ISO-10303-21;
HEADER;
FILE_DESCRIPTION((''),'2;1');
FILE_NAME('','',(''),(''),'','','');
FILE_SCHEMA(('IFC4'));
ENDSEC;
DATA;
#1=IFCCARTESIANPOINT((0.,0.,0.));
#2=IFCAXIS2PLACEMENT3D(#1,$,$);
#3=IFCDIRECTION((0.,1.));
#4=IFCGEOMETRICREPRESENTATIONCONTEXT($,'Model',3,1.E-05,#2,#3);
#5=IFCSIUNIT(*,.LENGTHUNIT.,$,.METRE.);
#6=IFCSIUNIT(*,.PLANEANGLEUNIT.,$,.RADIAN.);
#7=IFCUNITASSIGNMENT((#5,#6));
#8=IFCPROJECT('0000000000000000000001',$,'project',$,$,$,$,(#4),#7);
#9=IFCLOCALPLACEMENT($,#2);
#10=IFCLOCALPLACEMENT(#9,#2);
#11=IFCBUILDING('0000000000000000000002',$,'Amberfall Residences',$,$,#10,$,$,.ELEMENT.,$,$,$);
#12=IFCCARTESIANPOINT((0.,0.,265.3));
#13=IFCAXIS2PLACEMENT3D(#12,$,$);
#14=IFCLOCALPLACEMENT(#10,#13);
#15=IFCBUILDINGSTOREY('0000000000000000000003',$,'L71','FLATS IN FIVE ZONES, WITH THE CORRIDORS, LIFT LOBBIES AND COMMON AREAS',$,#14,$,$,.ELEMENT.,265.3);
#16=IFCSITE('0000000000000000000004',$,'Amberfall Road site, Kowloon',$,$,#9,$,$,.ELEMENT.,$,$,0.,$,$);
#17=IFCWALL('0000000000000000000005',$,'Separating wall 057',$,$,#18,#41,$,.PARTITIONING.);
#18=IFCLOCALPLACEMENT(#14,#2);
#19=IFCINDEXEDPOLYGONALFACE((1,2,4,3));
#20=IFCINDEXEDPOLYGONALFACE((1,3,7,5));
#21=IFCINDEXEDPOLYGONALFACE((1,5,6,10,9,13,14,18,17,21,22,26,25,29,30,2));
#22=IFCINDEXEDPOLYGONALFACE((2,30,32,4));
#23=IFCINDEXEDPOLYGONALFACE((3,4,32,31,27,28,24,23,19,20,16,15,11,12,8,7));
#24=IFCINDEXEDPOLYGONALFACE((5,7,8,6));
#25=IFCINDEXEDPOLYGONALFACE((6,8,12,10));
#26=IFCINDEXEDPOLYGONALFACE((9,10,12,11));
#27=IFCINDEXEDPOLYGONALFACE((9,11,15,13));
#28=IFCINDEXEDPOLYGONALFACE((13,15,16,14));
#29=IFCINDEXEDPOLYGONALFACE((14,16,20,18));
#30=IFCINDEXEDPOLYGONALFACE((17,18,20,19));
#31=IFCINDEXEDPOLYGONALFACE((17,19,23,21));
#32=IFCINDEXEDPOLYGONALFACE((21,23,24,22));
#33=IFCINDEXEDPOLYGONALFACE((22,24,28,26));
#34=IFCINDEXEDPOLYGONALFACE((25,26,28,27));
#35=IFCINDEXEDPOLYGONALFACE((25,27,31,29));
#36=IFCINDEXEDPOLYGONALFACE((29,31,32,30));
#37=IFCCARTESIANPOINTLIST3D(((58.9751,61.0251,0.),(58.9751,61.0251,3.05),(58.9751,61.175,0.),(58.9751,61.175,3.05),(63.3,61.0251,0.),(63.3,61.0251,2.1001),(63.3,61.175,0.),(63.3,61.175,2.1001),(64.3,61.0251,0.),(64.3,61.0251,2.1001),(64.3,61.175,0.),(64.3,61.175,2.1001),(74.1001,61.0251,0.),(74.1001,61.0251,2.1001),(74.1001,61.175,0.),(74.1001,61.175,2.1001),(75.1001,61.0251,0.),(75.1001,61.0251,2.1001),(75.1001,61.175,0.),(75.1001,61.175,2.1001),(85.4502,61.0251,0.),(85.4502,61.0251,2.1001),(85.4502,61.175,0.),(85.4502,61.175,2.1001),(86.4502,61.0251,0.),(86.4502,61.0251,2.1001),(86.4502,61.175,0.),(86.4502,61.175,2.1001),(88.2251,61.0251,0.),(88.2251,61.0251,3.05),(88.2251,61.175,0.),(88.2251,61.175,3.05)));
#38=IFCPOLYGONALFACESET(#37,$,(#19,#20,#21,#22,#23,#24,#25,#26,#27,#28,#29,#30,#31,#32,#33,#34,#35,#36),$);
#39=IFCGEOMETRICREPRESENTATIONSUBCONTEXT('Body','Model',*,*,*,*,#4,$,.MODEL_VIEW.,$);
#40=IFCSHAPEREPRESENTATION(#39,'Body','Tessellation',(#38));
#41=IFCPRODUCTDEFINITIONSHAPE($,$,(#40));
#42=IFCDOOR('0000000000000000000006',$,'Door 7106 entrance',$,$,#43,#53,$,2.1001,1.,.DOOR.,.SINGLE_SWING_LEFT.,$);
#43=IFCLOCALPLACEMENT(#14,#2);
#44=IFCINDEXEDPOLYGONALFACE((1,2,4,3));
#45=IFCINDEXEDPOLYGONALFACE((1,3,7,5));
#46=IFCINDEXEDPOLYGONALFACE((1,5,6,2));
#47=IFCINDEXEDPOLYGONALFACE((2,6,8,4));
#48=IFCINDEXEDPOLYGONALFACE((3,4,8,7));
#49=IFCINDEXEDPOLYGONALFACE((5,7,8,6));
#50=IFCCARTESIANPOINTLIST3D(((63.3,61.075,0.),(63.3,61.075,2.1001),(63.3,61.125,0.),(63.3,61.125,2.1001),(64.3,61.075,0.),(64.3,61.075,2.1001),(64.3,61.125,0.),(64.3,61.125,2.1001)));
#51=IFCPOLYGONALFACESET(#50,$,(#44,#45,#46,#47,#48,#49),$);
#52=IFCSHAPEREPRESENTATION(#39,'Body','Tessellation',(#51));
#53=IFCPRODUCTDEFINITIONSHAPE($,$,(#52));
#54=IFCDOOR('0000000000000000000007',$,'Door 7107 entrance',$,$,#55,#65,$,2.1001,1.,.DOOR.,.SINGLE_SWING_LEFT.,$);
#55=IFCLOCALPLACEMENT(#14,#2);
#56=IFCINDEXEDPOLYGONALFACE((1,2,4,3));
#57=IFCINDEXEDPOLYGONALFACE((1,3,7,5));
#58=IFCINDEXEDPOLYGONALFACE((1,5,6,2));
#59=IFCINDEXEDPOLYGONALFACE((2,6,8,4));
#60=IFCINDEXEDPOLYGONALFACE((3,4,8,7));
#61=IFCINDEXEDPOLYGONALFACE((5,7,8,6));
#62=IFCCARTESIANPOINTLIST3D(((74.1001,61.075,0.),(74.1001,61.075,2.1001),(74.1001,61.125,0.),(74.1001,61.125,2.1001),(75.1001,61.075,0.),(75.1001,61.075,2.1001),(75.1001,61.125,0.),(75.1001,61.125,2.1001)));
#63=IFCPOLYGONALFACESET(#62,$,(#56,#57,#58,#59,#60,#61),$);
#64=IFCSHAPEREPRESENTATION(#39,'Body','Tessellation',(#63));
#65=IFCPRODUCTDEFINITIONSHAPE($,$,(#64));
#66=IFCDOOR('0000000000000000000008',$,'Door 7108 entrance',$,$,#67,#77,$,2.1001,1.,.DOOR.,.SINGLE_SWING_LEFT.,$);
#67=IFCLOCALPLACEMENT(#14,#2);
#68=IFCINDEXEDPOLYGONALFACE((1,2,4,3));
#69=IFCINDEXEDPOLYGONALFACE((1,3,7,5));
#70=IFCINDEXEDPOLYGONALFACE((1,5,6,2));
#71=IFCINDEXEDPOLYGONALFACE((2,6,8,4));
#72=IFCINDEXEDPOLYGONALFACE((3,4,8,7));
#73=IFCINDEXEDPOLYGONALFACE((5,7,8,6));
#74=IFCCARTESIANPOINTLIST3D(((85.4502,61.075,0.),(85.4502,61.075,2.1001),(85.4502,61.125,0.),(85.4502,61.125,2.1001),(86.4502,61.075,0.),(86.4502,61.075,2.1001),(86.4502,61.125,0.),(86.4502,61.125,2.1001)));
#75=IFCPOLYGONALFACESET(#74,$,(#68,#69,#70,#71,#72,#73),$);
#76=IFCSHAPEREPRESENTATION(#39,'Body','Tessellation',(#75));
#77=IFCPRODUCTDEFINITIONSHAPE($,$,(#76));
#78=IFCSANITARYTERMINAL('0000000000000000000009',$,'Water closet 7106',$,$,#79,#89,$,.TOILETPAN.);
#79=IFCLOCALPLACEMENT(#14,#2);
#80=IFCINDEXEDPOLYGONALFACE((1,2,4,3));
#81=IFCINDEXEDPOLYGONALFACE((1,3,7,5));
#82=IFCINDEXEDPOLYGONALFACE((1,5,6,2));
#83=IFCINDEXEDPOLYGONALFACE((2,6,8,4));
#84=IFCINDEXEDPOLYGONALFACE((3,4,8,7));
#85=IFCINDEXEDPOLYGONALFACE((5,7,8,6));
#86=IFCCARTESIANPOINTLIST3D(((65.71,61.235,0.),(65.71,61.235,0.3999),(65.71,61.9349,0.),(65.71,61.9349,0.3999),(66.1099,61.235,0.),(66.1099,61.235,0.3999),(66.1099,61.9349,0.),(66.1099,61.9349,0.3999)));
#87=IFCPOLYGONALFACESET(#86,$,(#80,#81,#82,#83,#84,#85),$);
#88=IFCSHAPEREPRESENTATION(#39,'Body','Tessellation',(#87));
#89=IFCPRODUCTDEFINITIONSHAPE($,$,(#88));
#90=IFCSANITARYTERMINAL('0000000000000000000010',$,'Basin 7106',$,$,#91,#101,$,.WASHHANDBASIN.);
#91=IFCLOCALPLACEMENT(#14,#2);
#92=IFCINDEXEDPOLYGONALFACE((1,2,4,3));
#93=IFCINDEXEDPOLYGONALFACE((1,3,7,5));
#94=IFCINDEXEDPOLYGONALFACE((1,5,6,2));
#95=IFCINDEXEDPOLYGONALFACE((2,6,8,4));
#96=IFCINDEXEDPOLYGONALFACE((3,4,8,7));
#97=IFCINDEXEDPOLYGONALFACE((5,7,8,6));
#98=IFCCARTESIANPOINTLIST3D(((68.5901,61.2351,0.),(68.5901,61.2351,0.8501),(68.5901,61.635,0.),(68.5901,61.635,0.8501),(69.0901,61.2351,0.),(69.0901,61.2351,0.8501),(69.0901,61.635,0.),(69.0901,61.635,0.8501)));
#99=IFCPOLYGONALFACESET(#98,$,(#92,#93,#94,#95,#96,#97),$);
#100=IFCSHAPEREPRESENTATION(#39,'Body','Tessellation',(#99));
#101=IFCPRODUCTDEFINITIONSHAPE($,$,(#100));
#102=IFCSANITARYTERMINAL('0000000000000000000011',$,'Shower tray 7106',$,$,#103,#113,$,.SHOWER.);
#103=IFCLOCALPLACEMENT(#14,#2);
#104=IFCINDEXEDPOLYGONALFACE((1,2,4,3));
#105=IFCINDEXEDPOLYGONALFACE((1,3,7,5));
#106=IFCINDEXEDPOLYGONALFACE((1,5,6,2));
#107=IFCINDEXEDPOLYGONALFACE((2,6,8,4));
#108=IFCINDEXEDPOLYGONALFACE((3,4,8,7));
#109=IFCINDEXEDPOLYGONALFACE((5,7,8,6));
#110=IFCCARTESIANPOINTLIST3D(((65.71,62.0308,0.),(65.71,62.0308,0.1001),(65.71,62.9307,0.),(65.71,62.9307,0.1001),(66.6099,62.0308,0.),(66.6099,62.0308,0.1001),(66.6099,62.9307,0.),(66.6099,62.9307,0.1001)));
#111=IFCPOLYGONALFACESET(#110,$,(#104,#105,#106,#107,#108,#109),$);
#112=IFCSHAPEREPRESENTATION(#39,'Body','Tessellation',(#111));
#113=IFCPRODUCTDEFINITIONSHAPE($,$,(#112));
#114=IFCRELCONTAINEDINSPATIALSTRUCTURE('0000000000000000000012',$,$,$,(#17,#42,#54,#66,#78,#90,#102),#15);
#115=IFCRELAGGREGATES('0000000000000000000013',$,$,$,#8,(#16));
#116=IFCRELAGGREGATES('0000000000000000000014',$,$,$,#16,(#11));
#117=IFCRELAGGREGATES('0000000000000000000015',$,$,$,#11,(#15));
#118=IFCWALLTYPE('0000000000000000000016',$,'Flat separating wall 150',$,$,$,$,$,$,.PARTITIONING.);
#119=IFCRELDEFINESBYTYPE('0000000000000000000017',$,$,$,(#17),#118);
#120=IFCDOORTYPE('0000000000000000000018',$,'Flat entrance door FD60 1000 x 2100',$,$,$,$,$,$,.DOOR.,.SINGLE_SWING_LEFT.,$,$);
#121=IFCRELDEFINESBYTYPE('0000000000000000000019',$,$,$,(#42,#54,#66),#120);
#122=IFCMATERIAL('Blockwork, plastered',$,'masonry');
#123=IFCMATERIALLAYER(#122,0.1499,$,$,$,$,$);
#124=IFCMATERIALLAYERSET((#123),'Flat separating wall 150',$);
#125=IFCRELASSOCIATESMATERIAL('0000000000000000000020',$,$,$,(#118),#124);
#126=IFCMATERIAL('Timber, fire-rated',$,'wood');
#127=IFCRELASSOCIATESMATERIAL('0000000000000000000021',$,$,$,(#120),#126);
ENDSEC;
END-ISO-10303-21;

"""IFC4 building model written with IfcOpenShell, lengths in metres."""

from ifc_helpers import new_model, si_unit, direction, frame, frame_2d, origin, origin_2d, place, context, subcontext, project, spatial, rectangle, extrude, material, layer, layer_set, type_object, element, fill, save


model = new_model("IFC4")

# Units and contexts
model_context = context("Model", 3, precision=1e-05, world=origin(), true_north=direction((0.0, 1.0)))
body_context = subcontext(model_context, "Body", "Model", "MODEL_VIEW")
ifc_project = project(units=[si_unit("LENGTHUNIT", "METRE"), si_unit("PLANEANGLEUNIT", "RADIAN")], contexts=[model_context])

# Site, building, storey
site_placement = place(None, origin())
site = spatial("IfcSite", under=ifc_project, at=site_placement, Name="Amberfall Road site, Kowloon", CompositionType="ELEMENT", RefElevation=0.0)
building_placement = place(site_placement, origin())
building = spatial("IfcBuilding", under=site, at=building_placement, Name="Amberfall Residences", CompositionType="ELEMENT")
storey_placement = place(building_placement, frame((0.0, 0.0, 265.3)))
storey = spatial("IfcBuildingStorey", under=building, at=storey_placement, Name="L71", Description="FLATS IN FIVE ZONES, WITH THE CORRIDORS, LIFT LOBBIES AND COMMON AREAS", CompositionType="ELEMENT", Elevation=265.3)

# Shared definitions
ifc_material_1 = material(Name="Blockwork, plastered", Category="masonry")
ifc_layer_1 = layer(ifc_material_1, 0.1499)
ifc_layer_set_1 = layer_set([ifc_layer_1], Name="Flat separating wall 150")
wall_type_1 = type_object("IfcWallType", Name="Flat separating wall 150", PredefinedType="PARTITIONING", material=ifc_layer_set_1)

# Wall, openings, doors
wall_1_placement = place(storey_placement, frame((58.9751, 61.1001, 0.0), z_axis=(0.0, 0.0, 1.0), x_axis=(1.0, 0.0, 0.0)))
wall_1 = element("IfcWall", 1, at=wall_1_placement, inside=storey, type_object=wall_type_1, Name="Separating wall 057", PredefinedType="PARTITIONING", context=body_context, shape_type="SweptSolid", body=[
    extrude(rectangle(XDim=29.25, YDim=0.1499, at=frame_2d((14.625, 0.0))), origin(), (0.0, 0.0, 1.0), 3.05),
])
opening_1_placement = place(wall_1_placement, frame((4.325, 0.0, 0.0)))
opening_1 = element("IfcOpeningElement", 2, at=opening_1_placement, cuts=wall_1, PredefinedType="OPENING", context=body_context, shape_type="SweptSolid", body=[
    extrude(rectangle(XDim=1.0, YDim=2.1001, at=frame_2d((0.5, 1.05))), frame((0.0, 0.085, 0.0), z_axis=(0.0, -1.0, 0.0), x_axis=(1.0, 0.0, 0.0)), (0.0, 0.0, 1.0), 0.1699),
])
opening_2_placement = place(wall_1_placement, frame((15.125, 0.0, 0.0)))
opening_2 = element("IfcOpeningElement", 3, at=opening_2_placement, cuts=wall_1, PredefinedType="OPENING", context=body_context, shape_type="SweptSolid", body=[
    extrude(rectangle(XDim=1.0, YDim=2.1001, at=frame_2d((0.5, 1.05))), frame((0.0, 0.085, 0.0), z_axis=(0.0, -1.0, 0.0), x_axis=(1.0, 0.0, 0.0)), (0.0, 0.0, 1.0), 0.1699),
])
opening_3_placement = place(wall_1_placement, frame((26.4751, 0.0, 0.0)))
opening_3 = element("IfcOpeningElement", 4, at=opening_3_placement, cuts=wall_1, PredefinedType="OPENING", context=body_context, shape_type="SweptSolid", body=[
    extrude(rectangle(XDim=1.0, YDim=2.1001, at=frame_2d((0.5, 1.05))), frame((0.0, 0.085, 0.0), z_axis=(0.0, -1.0, 0.0), x_axis=(1.0, 0.0, 0.0)), (0.0, 0.0, 1.0), 0.1699),
])
ifc_material_2 = material(Name="Timber, fire-rated", Category="wood")
door_type_1 = type_object("IfcDoorType", Name="Flat entrance door FD60 1000 x 2100", OperationType="SINGLE_SWING_LEFT", PredefinedType="DOOR", material=ifc_material_2)
door_1_placement = place(opening_1_placement, origin())
door_1 = element("IfcDoor", 5, at=door_1_placement, inside=storey, type_object=door_type_1, Name="Door 7106 entrance", OperationType="SINGLE_SWING_LEFT", OverallHeight=2.1001, OverallWidth=1.0, PredefinedType="DOOR", context=body_context, shape_type="SweptSolid", body=[
    extrude(rectangle(XDim=1.0, YDim=2.1001, at=frame_2d((0.5, 1.05))), frame((0.0, 0.0249, 0.0), z_axis=(0.0, -1.0, 0.0), x_axis=(1.0, 0.0, 0.0)), (0.0, 0.0, 1.0), 0.05),
])
fill(opening_1, door_1)
door_2_placement = place(opening_2_placement, origin())
door_2 = element("IfcDoor", 6, at=door_2_placement, inside=storey, type_object=door_type_1, Name="Door 7107 entrance", OperationType="SINGLE_SWING_LEFT", OverallHeight=2.1001, OverallWidth=1.0, PredefinedType="DOOR", context=body_context, shape_type="SweptSolid", body=[
    extrude(rectangle(XDim=1.0, YDim=2.1001, at=frame_2d((0.5, 1.05))), frame((0.0, 0.0249, 0.0), z_axis=(0.0, -1.0, 0.0), x_axis=(1.0, 0.0, 0.0)), (0.0, 0.0, 1.0), 0.05),
])
fill(opening_2, door_2)
door_3_placement = place(opening_3_placement, origin())
door_3 = element("IfcDoor", 7, at=door_3_placement, inside=storey, type_object=door_type_1, Name="Door 7108 entrance", OperationType="SINGLE_SWING_LEFT", OverallHeight=2.1001, OverallWidth=1.0, PredefinedType="DOOR", context=body_context, shape_type="SweptSolid", body=[
    extrude(rectangle(XDim=1.0, YDim=2.1001, at=frame_2d((0.5, 1.05))), frame((0.0, 0.0249, 0.0), z_axis=(0.0, -1.0, 0.0), x_axis=(1.0, 0.0, 0.0)), (0.0, 0.0, 1.0), 0.05),
])
fill(opening_3, door_3)

# Sanitary terminals
sanitary_terminal_1_placement = place(storey_placement, frame((65.9099, 61.585, 0.0), z_axis=(0.0, 0.0, 1.0), x_axis=(1.0, 0.0, 0.0)))
element("IfcSanitaryTerminal", 8, at=sanitary_terminal_1_placement, inside=storey, Name="Water closet 7106", PredefinedType="TOILETPAN", context=body_context, shape_type="SweptSolid", body=[
    extrude(rectangle(XDim=0.3999, YDim=0.7, at=origin_2d()), origin(), (0.0, 0.0, 1.0), 0.3999),
])
sanitary_terminal_2_placement = place(storey_placement, frame((68.8401, 61.4351, 0.0), z_axis=(0.0, 0.0, 1.0), x_axis=(1.0, 0.0, 0.0)))
element("IfcSanitaryTerminal", 9, at=sanitary_terminal_2_placement, inside=storey, Name="Basin 7106", PredefinedType="WASHHANDBASIN", context=body_context, shape_type="SweptSolid", body=[
    extrude(rectangle(XDim=0.5, YDim=0.3999, at=origin_2d()), origin(), (0.0, 0.0, 1.0), 0.8501),
])
sanitary_terminal_3_placement = place(storey_placement, frame((66.1599, 62.4807, 0.0), z_axis=(0.0, 0.0, 1.0), x_axis=(1.0, 0.0, 0.0)))
element("IfcSanitaryTerminal", 10, at=sanitary_terminal_3_placement, inside=storey, Name="Shower tray 7106", PredefinedType="SHOWER", context=body_context, shape_type="SweptSolid", body=[
    extrude(rectangle(XDim=0.8999, YDim=0.8999, at=origin_2d()), origin(), (0.0, 0.0, 1.0), 0.1001),
])

save(model, "model.ifc")
